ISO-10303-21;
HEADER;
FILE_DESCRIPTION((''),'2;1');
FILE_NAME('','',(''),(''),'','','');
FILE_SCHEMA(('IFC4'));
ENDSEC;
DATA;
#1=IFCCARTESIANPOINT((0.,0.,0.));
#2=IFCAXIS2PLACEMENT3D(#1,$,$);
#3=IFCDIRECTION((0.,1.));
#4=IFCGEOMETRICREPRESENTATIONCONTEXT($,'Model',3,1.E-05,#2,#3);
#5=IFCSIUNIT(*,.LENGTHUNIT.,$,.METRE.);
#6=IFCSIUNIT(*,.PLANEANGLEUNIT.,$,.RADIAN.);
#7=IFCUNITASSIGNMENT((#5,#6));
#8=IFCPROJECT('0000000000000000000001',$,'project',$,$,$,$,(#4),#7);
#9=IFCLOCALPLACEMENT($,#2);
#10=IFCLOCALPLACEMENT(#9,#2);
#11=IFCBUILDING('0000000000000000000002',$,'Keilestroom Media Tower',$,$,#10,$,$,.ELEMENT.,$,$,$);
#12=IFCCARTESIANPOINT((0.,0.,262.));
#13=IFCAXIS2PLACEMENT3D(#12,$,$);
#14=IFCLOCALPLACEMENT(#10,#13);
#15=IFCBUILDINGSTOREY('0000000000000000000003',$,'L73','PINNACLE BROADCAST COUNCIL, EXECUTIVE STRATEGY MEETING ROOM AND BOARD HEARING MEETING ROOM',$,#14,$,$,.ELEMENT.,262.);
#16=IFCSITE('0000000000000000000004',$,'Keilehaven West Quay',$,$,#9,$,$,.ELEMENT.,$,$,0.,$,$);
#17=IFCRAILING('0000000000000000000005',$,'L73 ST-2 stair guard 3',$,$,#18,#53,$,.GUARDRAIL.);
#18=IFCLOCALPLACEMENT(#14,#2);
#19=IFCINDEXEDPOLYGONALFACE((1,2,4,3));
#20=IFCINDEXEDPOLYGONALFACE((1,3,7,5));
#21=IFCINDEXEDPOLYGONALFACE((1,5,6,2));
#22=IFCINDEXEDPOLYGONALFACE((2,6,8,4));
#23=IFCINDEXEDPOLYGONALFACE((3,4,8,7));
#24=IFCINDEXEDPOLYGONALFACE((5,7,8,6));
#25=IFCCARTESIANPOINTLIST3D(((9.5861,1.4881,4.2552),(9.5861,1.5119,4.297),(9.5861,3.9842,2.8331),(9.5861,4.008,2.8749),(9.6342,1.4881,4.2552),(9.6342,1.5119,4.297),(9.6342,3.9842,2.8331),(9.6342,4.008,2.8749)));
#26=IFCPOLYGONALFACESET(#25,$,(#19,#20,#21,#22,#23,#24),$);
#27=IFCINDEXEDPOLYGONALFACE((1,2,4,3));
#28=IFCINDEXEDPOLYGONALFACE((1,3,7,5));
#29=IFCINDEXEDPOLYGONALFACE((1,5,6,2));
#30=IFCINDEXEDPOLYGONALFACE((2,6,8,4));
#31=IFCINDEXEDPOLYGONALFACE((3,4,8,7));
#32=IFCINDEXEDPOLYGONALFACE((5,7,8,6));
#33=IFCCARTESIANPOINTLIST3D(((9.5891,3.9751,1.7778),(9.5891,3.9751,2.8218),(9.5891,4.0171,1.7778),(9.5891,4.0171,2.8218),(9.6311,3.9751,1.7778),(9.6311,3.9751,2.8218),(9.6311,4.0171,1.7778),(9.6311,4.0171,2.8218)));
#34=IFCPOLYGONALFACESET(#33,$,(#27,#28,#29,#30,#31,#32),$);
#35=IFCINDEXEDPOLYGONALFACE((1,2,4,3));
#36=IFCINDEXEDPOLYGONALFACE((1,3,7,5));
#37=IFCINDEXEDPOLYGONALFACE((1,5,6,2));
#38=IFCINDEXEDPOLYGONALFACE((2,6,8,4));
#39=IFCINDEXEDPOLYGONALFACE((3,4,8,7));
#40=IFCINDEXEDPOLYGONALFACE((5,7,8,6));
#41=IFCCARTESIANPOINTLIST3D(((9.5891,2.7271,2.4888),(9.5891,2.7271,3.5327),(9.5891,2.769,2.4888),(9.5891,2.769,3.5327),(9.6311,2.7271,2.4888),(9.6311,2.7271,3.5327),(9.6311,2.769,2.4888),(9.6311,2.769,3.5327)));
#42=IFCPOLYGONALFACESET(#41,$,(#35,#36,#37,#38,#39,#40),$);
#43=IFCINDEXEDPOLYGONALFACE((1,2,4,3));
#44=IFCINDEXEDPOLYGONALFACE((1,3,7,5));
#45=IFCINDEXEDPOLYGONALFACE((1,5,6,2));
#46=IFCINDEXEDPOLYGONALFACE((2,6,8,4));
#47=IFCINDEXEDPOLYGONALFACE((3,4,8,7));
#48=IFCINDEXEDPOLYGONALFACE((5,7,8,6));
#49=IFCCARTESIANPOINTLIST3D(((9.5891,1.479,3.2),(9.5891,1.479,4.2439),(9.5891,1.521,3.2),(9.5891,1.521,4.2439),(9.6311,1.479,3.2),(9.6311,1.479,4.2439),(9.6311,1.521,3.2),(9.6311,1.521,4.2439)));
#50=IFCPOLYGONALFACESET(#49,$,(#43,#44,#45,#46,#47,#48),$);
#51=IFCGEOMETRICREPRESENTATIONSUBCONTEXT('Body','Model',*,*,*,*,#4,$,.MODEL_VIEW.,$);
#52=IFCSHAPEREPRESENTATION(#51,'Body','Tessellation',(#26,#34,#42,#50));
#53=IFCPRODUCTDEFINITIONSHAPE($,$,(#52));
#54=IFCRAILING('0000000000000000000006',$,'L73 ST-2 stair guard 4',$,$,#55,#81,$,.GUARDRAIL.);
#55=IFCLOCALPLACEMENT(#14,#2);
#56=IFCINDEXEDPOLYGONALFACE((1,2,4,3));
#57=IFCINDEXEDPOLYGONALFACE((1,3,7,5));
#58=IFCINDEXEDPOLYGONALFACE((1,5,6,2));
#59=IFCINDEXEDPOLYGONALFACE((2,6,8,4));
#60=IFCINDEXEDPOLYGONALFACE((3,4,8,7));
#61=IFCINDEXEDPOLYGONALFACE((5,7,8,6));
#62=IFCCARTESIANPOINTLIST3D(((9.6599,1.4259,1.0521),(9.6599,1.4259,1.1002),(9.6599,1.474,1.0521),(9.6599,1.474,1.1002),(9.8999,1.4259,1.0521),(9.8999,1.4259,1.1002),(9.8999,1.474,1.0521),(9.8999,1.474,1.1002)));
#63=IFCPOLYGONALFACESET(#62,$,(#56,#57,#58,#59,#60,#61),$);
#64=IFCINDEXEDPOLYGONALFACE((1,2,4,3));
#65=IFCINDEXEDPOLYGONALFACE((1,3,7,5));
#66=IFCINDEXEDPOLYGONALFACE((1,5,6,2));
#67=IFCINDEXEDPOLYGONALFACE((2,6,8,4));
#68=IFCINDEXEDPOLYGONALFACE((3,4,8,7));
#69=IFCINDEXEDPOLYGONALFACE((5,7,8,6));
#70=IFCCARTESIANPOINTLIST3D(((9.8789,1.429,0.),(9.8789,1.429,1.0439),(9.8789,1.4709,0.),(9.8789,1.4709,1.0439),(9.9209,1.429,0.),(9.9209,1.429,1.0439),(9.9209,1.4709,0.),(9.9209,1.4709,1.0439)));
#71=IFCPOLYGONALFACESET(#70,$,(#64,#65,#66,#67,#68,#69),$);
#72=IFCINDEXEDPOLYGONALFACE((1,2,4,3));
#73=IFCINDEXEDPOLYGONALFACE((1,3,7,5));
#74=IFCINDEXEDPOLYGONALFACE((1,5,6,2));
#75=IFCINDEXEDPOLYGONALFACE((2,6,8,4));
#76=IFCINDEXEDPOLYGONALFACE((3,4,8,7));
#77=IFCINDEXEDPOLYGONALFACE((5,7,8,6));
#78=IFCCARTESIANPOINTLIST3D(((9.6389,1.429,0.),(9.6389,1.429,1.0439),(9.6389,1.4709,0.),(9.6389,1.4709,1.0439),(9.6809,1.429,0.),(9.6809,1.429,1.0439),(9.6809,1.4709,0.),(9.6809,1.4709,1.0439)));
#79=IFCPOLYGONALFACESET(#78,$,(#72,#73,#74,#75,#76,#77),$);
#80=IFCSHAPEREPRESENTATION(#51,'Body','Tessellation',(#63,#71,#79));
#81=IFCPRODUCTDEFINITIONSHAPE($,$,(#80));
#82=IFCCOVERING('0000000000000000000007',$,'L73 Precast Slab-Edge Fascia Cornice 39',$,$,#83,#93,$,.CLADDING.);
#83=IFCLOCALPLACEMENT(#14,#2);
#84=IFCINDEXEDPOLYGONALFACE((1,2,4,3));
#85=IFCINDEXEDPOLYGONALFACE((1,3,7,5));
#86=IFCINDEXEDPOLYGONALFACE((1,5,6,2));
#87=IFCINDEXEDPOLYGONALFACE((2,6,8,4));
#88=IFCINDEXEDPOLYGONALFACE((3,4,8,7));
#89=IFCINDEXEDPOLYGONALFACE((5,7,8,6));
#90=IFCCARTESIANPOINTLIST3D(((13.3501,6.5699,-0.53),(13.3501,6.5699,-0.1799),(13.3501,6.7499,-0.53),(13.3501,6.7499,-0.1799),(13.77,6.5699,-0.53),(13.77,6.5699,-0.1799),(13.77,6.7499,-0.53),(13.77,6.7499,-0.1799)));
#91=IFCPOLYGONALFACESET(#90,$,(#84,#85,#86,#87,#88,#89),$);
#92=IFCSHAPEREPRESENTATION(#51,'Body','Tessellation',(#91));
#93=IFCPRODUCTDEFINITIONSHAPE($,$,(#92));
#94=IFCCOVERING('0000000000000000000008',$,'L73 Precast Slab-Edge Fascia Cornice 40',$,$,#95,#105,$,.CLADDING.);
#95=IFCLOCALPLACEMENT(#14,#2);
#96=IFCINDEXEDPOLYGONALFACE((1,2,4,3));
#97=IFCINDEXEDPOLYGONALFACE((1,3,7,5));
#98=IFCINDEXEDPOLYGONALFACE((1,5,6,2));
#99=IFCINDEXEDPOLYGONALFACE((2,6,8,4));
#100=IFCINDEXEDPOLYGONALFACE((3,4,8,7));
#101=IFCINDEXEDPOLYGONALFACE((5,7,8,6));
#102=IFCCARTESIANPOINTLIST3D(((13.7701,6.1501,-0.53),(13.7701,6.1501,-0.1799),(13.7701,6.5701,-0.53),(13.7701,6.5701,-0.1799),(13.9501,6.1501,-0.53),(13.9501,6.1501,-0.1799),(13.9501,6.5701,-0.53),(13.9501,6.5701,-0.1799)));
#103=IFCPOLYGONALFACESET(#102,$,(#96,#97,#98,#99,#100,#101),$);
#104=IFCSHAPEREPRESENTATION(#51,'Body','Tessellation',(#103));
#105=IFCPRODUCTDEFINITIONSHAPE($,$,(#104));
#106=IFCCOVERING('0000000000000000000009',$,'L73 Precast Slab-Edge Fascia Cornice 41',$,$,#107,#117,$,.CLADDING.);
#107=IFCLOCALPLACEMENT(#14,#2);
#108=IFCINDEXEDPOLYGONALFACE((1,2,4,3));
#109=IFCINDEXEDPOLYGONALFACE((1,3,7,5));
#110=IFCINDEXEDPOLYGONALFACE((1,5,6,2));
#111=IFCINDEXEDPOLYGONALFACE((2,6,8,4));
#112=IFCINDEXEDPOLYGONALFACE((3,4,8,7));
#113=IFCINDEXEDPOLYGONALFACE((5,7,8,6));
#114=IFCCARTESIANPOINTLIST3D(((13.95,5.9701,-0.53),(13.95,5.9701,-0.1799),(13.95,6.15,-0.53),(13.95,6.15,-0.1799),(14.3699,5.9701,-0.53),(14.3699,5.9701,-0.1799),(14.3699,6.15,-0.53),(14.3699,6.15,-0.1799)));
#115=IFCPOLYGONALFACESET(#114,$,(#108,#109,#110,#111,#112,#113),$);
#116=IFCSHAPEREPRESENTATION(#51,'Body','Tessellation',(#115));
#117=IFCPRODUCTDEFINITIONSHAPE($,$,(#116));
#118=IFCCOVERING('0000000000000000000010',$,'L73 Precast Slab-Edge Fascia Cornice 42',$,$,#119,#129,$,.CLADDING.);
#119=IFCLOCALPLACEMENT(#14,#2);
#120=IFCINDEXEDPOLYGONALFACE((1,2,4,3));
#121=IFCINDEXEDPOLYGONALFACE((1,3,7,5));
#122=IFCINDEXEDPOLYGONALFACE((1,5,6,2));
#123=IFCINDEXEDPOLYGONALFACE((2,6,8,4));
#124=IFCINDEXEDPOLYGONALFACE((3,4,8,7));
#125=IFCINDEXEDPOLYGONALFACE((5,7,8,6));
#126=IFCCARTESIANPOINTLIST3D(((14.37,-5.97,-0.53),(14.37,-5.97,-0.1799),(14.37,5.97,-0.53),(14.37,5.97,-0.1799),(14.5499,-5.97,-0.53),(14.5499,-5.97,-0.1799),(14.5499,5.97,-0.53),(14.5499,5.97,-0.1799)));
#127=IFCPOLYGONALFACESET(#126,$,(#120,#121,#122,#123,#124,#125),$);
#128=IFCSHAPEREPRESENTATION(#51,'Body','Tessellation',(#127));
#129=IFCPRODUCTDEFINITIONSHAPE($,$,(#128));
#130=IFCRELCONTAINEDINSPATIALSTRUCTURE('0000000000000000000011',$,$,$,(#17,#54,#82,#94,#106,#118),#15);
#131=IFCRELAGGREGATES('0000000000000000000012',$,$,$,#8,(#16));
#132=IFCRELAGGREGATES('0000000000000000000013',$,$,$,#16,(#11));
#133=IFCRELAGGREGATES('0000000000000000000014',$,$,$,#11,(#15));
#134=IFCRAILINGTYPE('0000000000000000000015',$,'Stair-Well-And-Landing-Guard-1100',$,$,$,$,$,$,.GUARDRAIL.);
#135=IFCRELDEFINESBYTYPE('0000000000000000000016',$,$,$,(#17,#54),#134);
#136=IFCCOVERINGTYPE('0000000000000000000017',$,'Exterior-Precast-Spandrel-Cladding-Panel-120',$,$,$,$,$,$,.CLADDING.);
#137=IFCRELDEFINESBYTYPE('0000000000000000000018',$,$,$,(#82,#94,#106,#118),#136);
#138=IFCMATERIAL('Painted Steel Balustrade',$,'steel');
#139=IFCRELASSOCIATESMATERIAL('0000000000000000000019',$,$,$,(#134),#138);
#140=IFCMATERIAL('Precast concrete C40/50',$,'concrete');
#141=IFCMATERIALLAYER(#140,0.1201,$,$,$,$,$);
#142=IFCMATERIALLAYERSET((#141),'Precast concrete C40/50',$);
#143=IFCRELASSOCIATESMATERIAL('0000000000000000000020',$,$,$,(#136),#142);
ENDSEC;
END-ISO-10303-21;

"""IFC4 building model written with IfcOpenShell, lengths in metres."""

from ifc_helpers import new_model, si_unit, direction, frame, origin, origin_2d, place, context, subcontext, project, spatial, rectangle, extrude, source, transform, mapped, material, layer, layer_set, type_object, element, save


model = new_model("IFC4")

# Units and contexts
model_context = context("Model", 3, precision=1e-05, world=origin(), true_north=direction((0.0, 1.0)))
body_context = subcontext(model_context, "Body", "Model", "MODEL_VIEW")
ifc_project = project(units=[si_unit("LENGTHUNIT", "METRE"), si_unit("PLANEANGLEUNIT", "RADIAN")], contexts=[model_context])

# Site, building, storey
site_placement = place(None, origin())
site = spatial("IfcSite", under=ifc_project, at=site_placement, Name="Keilehaven West Quay", CompositionType="ELEMENT", RefElevation=0.0)
building_placement = place(site_placement, origin())
building = spatial("IfcBuilding", under=site, at=building_placement, Name="Keilestroom Media Tower", CompositionType="ELEMENT")
storey_placement = place(building_placement, frame((0.0, 0.0, 262.0)))
storey = spatial("IfcBuildingStorey", under=building, at=storey_placement, Name="L73", Description="PINNACLE BROADCAST COUNCIL, EXECUTIVE STRATEGY MEETING ROOM AND BOARD HEARING MEETING ROOM", CompositionType="ELEMENT", Elevation=262.0)

# Shared definitions
ifc_material_1 = material(Name="Precast concrete C40/50", Category="concrete")

# Railings
ifc_material_2 = material(Name="Painted Steel Balustrade", Category="steel")
railing_type_1 = type_object("IfcRailingType", Name="Stair-Well-And-Landing-Guard-1100", PredefinedType="GUARDRAIL", material=ifc_material_2)
railing_1_placement = place(storey_placement, frame((9.6101, 3.9961, 1.7778)))
element("IfcRailing", 1, at=railing_1_placement, inside=storey, type_object=railing_type_1, Name="L73 ST-2 stair guard 3", PredefinedType="GUARDRAIL", context=body_context, shape_type="SweptSolid", body=[
    extrude(rectangle(XDim=0.0481, YDim=0.0481, at=origin_2d()), frame((0.0, 0.0, 1.0762), z_axis=(0.0, -0.868875, 0.495031), x_axis=(1.0, 0.0, 0.0)), (0.0, 0.0, 1.0), 2.8728),
    extrude(rectangle(XDim=0.042, YDim=0.042, at=origin_2d()), origin(), (0.0, 0.0, 1.0), 1.0439),
    extrude(rectangle(XDim=0.042, YDim=0.042, at=origin_2d()), frame((0.0, -1.248, 0.7109)), (0.0, 0.0, 1.0), 1.0439),
    extrude(rectangle(XDim=0.042, YDim=0.042, at=origin_2d()), frame((0.0, -2.4961, 1.4221)), (0.0, 0.0, 1.0), 1.0439),
])
railing_2_placement = place(storey_placement, frame((9.8999, 1.45, 0.0)))
element("IfcRailing", 2, at=railing_2_placement, inside=storey, type_object=railing_type_1, Name="L73 ST-2 stair guard 4", PredefinedType="GUARDRAIL", context=body_context, shape_type="SweptSolid", body=[
    extrude(rectangle(XDim=0.0481, YDim=0.0481, at=origin_2d()), frame((0.0, 0.0, 1.0762), z_axis=(-1.0, 0.0, 0.0), x_axis=(0.0, -1.0, 0.0)), (0.0, 0.0, 1.0), 0.24),
    extrude(rectangle(XDim=0.042, YDim=0.042, at=origin_2d()), origin(), (0.0, 0.0, 1.0), 1.0439),
    extrude(rectangle(XDim=0.042, YDim=0.042, at=origin_2d()), frame((-0.24, 0.0, 0.0)), (0.0, 0.0, 1.0), 1.0439),
])

# Coverings
ifc_layer_1 = layer(ifc_material_1, 0.1201)
ifc_layer_set_1 = layer_set([ifc_layer_1], Name="Precast concrete C40/50")
covering_type = type_object("IfcCoveringType", Name="Exterior-Precast-Spandrel-Cladding-Panel-120", PredefinedType="CLADDING", material=ifc_layer_set_1)
shared_shape_1 = source(origin(), body_context, "Body", "SweptSolid", [
    extrude(rectangle(XDim=0.4199, YDim=0.1799, at=origin_2d()), origin(), (0.0, 0.0, 1.0), 0.3501),
])
for number, where, z_axis, x_axis, name in (
    (3, (13.5601, 6.6599, -0.53), (0.0, 0.0, 1.0), (1.0, 0.0, 0.0), "L73 Precast Slab-Edge Fascia Cornice 39"),
    (4, (13.8601, 6.3601, -0.53), (0.0, 0.0, 1.0), (0.0, -1.0, 0.0), "L73 Precast Slab-Edge Fascia Cornice 40"),
    (5, (14.1599, 6.0601, -0.53), (0.0, 0.0, 1.0), (1.0, 0.0, 0.0), "L73 Precast Slab-Edge Fascia Cornice 41"),
):
    element("IfcCovering", number, at=place(storey_placement, frame(where, z_axis=z_axis, x_axis=x_axis)), inside=storey, type_object=covering_type, Name=name, PredefinedType="CLADDING", context=body_context, shape_type="MappedRepresentation", body=[
        mapped(shared_shape_1, transform((0.0, 0.0, 0.0), x_axis=(1.0, 0.0, 0.0), y_axis=(0.0, 1.0, 0.0), z_axis=(0.0, 0.0, 1.0), scale=1.0)),
    ])
shared_shape_2 = source(origin(), body_context, "Body", "SweptSolid", [
    extrude(rectangle(XDim=11.9399, YDim=0.1799, at=origin_2d()), origin(), (0.0, 0.0, 1.0), 0.3501),
])
covering_placement = place(storey_placement, frame((14.46, 0.0, -0.53), z_axis=(0.0, 0.0, 1.0), x_axis=(0.0, -1.0, 0.0)))
element("IfcCovering", 6, at=covering_placement, inside=storey, type_object=covering_type, Name="L73 Precast Slab-Edge Fascia Cornice 42", PredefinedType="CLADDING", context=body_context, shape_type="MappedRepresentation", body=[
    mapped(shared_shape_2, transform((0.0, 0.0, 0.0), x_axis=(1.0, 0.0, 0.0), y_axis=(0.0, 1.0, 0.0), z_axis=(0.0, 0.0, 1.0), scale=1.0)),
])

save(model, "model.ifc")
